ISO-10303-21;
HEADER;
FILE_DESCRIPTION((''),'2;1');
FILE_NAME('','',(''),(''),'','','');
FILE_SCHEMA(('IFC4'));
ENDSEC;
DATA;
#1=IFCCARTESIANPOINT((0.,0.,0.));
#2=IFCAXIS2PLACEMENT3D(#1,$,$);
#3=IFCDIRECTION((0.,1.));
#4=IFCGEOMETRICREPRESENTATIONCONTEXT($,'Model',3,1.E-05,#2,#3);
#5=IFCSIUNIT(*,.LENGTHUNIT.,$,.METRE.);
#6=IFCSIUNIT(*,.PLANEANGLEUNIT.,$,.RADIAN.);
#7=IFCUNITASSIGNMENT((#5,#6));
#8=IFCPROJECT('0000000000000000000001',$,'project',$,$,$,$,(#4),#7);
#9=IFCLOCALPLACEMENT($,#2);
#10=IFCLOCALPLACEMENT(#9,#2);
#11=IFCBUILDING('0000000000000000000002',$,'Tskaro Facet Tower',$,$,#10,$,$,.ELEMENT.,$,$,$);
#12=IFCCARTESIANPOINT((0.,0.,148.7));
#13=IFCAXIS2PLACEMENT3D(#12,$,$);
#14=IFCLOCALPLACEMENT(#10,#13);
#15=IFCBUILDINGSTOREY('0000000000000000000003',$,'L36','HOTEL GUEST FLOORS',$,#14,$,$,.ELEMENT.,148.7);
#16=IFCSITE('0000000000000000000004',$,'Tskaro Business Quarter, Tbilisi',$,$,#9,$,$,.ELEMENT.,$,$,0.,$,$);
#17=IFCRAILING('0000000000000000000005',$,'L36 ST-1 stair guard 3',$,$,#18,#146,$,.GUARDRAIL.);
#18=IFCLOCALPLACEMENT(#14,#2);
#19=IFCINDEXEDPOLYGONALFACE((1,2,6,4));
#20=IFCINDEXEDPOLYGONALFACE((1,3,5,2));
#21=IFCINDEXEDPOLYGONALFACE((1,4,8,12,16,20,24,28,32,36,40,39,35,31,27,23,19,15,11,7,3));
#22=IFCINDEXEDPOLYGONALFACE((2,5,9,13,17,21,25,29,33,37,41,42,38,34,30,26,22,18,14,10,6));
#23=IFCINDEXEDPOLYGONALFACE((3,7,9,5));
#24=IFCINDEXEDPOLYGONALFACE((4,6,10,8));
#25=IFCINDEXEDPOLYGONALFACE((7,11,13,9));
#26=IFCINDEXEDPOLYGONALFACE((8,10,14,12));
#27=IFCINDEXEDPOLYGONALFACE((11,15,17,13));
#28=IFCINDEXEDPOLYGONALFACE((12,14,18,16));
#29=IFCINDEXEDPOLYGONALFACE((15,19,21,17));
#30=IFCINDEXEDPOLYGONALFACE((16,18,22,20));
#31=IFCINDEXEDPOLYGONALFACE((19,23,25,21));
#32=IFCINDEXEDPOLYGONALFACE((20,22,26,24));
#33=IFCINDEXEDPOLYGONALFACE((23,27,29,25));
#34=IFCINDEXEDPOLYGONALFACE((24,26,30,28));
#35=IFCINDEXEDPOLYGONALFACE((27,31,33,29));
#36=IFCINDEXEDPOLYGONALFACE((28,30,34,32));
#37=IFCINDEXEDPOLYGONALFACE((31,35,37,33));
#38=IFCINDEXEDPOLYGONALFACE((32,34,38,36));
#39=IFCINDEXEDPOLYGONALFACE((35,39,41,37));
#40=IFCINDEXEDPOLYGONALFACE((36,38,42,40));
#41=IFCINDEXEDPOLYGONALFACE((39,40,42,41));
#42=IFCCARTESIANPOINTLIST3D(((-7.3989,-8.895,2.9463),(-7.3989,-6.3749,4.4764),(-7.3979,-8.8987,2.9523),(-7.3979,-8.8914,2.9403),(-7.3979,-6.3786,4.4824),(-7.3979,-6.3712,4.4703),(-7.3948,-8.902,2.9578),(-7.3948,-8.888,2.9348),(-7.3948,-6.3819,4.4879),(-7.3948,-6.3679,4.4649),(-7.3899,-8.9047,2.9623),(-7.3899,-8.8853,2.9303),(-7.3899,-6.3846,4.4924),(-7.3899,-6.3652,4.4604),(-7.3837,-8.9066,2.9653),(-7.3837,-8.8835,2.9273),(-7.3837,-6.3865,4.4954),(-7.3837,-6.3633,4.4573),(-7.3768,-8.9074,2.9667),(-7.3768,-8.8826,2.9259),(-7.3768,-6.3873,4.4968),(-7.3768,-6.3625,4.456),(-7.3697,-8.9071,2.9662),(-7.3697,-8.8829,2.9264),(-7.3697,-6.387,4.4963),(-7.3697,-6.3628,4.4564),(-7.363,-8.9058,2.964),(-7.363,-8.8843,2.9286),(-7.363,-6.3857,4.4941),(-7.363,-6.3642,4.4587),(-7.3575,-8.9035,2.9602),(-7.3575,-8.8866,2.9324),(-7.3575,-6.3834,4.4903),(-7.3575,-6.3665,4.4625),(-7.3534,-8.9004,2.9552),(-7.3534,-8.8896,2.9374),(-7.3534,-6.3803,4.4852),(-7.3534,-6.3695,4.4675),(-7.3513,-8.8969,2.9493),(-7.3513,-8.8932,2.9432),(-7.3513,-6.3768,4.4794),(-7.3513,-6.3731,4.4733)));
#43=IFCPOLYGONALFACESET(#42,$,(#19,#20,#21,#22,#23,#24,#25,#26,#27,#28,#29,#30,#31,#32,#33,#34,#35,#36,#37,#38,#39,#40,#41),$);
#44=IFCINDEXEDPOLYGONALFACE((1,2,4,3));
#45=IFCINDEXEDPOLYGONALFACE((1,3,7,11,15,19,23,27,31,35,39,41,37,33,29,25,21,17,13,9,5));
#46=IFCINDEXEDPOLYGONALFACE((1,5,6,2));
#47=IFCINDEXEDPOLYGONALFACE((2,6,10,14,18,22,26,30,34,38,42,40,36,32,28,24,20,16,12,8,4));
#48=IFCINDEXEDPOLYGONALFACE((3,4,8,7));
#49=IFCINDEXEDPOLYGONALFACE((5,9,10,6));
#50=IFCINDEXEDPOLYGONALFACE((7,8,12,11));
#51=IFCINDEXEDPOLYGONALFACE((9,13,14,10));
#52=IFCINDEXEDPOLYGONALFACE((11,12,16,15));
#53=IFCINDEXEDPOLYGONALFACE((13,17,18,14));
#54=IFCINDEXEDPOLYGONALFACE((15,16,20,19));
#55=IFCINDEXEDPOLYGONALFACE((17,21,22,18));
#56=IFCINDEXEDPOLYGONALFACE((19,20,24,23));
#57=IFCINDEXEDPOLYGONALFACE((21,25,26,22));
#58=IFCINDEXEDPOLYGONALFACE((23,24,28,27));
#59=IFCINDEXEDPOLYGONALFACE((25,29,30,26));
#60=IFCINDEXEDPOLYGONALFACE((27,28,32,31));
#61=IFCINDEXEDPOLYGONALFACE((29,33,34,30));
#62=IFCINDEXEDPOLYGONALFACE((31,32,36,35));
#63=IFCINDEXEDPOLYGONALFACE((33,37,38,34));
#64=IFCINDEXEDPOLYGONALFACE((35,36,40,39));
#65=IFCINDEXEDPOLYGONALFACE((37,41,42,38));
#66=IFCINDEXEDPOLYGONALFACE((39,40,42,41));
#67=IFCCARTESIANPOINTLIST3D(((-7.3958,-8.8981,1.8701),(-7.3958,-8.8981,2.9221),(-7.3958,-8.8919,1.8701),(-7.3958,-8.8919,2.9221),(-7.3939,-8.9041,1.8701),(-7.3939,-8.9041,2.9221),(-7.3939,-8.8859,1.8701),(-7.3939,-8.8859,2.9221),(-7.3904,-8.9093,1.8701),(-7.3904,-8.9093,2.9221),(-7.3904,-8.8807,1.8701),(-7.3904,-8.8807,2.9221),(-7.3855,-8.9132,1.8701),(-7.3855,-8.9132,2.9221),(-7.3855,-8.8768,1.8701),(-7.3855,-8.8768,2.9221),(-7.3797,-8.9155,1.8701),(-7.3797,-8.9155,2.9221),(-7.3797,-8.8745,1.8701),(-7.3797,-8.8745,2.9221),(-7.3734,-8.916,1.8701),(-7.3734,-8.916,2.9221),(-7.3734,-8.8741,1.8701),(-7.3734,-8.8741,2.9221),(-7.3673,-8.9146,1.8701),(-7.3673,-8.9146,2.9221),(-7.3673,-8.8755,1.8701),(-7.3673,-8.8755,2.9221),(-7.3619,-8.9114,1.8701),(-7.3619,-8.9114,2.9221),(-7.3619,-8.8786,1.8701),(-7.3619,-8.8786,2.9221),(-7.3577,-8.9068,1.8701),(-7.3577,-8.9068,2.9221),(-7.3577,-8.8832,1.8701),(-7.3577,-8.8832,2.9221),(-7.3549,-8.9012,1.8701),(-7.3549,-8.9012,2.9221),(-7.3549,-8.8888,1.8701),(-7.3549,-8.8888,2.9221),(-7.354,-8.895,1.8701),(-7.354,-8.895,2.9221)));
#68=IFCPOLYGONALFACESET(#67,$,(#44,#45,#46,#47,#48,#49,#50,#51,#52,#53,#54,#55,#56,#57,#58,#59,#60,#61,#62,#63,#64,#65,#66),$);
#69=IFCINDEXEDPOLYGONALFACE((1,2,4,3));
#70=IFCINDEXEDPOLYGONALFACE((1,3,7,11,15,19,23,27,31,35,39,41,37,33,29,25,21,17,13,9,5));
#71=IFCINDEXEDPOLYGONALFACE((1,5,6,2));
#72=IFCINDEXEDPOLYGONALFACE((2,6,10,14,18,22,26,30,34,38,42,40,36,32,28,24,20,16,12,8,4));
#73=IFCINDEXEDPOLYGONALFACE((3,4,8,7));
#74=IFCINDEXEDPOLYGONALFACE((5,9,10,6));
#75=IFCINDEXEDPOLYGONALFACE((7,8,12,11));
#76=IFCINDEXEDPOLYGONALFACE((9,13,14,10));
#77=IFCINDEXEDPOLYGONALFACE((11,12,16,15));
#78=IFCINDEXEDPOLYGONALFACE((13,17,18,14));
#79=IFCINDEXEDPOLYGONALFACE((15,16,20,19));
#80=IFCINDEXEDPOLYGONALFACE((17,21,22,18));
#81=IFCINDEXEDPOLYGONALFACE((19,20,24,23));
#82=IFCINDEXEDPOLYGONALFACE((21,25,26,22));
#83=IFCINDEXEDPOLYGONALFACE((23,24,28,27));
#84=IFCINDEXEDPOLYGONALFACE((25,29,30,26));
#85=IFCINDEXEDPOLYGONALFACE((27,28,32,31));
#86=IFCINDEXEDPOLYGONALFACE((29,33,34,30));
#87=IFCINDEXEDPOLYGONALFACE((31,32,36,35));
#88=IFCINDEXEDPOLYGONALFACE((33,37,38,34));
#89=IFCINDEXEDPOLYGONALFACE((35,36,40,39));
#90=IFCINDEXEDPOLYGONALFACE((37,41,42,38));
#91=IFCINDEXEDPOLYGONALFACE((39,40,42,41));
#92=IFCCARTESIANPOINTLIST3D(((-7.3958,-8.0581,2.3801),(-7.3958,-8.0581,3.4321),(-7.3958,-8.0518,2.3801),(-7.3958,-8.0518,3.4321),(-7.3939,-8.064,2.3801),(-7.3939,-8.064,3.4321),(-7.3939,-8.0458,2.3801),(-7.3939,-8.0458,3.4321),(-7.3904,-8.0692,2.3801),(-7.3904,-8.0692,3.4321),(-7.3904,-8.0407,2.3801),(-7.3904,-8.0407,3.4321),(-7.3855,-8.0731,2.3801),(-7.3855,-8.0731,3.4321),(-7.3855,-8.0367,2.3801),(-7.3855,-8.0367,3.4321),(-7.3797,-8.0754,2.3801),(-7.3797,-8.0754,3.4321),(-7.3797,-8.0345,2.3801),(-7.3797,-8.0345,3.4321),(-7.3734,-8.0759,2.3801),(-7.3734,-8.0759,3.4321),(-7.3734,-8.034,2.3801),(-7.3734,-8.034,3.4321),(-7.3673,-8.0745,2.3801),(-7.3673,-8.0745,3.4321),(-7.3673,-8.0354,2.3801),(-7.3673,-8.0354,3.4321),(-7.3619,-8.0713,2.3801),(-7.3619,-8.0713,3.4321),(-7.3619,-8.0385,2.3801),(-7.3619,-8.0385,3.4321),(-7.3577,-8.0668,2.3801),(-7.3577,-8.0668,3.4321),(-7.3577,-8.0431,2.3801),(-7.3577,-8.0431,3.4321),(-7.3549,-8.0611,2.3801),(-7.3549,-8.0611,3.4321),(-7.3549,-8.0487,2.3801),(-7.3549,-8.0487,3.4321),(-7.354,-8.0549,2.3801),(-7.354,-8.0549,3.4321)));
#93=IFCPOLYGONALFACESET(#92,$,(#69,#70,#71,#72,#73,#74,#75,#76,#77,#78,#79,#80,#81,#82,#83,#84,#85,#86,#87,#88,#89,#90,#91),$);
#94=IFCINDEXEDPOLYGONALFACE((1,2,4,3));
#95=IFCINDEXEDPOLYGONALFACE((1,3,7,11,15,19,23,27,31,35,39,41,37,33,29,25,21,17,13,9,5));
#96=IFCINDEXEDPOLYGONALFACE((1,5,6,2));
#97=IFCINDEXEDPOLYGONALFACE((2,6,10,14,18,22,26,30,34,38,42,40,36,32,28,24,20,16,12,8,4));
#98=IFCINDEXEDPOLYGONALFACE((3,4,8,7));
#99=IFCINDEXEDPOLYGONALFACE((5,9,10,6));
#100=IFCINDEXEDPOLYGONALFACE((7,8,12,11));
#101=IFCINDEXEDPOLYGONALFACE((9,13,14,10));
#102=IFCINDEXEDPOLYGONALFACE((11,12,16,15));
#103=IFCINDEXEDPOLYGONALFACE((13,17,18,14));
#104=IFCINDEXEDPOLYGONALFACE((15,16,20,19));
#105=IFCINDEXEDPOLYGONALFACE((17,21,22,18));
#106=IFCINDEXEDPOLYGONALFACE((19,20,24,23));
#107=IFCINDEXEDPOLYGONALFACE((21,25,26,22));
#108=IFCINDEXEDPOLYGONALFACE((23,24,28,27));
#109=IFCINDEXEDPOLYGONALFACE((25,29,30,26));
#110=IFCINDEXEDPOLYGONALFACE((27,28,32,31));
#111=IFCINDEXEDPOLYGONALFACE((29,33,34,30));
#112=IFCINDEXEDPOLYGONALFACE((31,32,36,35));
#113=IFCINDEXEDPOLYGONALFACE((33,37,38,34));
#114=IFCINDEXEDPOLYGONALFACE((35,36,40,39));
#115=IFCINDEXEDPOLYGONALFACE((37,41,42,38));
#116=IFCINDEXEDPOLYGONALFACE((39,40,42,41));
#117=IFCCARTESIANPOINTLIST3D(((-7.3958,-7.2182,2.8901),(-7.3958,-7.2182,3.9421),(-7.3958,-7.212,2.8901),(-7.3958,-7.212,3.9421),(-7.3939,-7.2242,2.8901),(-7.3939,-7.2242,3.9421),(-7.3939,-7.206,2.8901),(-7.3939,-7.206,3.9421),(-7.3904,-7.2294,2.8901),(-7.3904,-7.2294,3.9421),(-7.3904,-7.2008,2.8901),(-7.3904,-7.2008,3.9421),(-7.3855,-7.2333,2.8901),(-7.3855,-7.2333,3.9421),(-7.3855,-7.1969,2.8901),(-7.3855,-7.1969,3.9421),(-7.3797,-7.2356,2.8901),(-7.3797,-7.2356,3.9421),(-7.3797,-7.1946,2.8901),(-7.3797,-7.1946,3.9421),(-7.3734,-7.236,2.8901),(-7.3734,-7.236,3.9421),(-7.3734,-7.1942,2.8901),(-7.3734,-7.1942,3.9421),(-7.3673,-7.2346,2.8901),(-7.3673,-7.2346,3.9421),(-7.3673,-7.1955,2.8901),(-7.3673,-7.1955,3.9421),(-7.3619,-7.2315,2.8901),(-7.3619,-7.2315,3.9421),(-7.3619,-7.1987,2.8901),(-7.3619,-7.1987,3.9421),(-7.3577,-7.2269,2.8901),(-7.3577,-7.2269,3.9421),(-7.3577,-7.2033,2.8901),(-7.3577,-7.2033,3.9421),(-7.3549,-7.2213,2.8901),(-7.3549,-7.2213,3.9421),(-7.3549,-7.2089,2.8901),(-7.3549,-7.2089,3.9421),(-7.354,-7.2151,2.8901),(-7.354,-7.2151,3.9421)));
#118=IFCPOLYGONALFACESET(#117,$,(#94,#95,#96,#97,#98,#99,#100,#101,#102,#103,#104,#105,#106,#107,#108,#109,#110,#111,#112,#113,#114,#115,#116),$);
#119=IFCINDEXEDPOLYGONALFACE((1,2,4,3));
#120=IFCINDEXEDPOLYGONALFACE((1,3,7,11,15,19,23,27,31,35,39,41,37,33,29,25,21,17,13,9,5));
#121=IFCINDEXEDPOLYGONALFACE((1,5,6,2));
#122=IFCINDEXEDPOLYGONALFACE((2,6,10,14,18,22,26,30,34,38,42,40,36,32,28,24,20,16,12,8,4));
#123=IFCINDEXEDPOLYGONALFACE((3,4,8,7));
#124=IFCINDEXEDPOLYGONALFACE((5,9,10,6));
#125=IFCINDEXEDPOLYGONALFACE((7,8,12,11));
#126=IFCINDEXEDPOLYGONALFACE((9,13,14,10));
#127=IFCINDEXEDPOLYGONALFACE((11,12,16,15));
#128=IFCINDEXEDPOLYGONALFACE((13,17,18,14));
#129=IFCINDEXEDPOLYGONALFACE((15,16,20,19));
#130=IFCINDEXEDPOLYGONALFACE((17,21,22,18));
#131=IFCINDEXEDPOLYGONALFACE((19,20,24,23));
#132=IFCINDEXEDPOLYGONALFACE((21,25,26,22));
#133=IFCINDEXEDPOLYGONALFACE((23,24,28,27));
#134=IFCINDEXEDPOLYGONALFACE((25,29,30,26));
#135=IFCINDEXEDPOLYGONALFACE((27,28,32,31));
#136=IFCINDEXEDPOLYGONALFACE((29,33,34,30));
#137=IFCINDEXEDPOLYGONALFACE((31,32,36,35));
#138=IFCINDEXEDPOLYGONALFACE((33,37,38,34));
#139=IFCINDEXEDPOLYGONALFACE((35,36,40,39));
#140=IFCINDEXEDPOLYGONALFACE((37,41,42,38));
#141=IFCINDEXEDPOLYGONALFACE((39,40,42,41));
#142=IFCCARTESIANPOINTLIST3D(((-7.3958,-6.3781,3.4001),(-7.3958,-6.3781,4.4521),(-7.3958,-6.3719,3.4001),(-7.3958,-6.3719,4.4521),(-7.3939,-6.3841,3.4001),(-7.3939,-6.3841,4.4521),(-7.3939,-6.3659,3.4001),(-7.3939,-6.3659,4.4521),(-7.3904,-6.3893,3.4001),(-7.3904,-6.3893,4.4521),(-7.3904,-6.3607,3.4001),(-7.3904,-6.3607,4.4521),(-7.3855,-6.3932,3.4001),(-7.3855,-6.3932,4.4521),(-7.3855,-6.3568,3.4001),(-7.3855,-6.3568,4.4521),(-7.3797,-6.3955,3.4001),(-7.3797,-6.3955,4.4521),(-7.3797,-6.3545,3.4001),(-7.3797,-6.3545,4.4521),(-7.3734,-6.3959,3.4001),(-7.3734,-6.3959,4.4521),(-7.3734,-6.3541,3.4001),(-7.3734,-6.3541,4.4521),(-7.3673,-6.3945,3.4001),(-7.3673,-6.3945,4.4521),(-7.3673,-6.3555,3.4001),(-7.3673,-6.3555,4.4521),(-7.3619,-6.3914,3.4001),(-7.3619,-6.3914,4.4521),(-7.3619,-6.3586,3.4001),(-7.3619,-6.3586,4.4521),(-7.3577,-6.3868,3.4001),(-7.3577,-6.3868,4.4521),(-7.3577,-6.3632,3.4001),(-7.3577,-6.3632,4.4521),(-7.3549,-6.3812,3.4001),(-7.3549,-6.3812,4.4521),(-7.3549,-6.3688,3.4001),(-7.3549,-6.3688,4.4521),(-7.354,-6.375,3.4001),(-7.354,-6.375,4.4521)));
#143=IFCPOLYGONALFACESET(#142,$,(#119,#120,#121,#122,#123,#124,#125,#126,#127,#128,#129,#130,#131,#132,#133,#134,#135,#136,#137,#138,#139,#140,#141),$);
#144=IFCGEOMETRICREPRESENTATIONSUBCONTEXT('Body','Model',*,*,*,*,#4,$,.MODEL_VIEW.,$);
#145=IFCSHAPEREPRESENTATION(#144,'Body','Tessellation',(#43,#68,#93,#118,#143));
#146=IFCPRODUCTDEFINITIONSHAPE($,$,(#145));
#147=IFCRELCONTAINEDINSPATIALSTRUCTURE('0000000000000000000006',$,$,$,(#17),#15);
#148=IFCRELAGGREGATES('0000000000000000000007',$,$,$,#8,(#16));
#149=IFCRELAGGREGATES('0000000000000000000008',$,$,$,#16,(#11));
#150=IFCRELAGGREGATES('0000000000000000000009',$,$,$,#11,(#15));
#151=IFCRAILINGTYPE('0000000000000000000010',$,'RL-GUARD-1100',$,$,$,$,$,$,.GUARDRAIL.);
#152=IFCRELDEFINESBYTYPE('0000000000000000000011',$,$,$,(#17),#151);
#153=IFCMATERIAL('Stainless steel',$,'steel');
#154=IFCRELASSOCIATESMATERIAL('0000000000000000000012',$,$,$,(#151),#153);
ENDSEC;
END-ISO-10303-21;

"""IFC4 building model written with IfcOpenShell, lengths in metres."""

from ifc_helpers import new_model, si_unit, direction, frame, origin, origin_2d, place, context, subcontext, project, spatial, circle, extrude, material, type_object, element, save


model = new_model("IFC4")

# Units and contexts
model_context = context("Model", 3, precision=1e-05, world=origin(), true_north=direction((0.0, 1.0)))
body_context = subcontext(model_context, "Body", "Model", "MODEL_VIEW")
ifc_project = project(units=[si_unit("LENGTHUNIT", "METRE"), si_unit("PLANEANGLEUNIT", "RADIAN")], contexts=[model_context])

# Site, building, storey
site_placement = place(None, origin())
site = spatial("IfcSite", under=ifc_project, at=site_placement, Name="Tskaro Business Quarter, Tbilisi", CompositionType="ELEMENT", RefElevation=0.0)
building_placement = place(site_placement, origin())
building = spatial("IfcBuilding", under=site, at=building_placement, Name="Tskaro Facet Tower", CompositionType="ELEMENT")
storey_placement = place(building_placement, frame((0.0, 0.0, 148.7)))
storey = spatial("IfcBuildingStorey", under=building, at=storey_placement, Name="L36", Description="HOTEL GUEST FLOORS", CompositionType="ELEMENT", Elevation=148.7)

# Shared definitions
ifc_material_1 = material(Name="Stainless steel", Category="steel")

# Railing
railing_type_1 = type_object("IfcRailingType", Name="RL-GUARD-1100", PredefinedType="GUARDRAIL", material=ifc_material_1)
railing_1_placement = place(storey_placement, frame((-7.375, -8.895, 1.8701)))
element("IfcRailing", 1, at=railing_1_placement, inside=storey, type_object=railing_type_1, Name="L36 ST-1 stair guard 3", PredefinedType="GUARDRAIL", context=body_context, shape_type="SweptSolid", body=[
    extrude(circle(Radius=0.0239, at=origin_2d()), frame((0.0, 0.0, 1.0762), z_axis=(0.0, 0.854785, 0.518982), x_axis=(-1.0, 0.0, 0.0)), (0.0, 0.0, 1.0), 2.9482),
    extrude(circle(Radius=0.021, at=origin_2d()), origin(), (0.0, 0.0, 1.0), 1.052),
    extrude(circle(Radius=0.021, at=origin_2d()), frame((0.0, 0.8401, 0.51)), (0.0, 0.0, 1.0), 1.052),
    extrude(circle(Radius=0.021, at=origin_2d()), frame((0.0, 1.6799, 1.02)), (0.0, 0.0, 1.0), 1.052),
    extrude(circle(Radius=0.021, at=origin_2d()), frame((0.0, 2.52, 1.53)), (0.0, 0.0, 1.0), 1.052),
])

save(model, "model.ifc")
